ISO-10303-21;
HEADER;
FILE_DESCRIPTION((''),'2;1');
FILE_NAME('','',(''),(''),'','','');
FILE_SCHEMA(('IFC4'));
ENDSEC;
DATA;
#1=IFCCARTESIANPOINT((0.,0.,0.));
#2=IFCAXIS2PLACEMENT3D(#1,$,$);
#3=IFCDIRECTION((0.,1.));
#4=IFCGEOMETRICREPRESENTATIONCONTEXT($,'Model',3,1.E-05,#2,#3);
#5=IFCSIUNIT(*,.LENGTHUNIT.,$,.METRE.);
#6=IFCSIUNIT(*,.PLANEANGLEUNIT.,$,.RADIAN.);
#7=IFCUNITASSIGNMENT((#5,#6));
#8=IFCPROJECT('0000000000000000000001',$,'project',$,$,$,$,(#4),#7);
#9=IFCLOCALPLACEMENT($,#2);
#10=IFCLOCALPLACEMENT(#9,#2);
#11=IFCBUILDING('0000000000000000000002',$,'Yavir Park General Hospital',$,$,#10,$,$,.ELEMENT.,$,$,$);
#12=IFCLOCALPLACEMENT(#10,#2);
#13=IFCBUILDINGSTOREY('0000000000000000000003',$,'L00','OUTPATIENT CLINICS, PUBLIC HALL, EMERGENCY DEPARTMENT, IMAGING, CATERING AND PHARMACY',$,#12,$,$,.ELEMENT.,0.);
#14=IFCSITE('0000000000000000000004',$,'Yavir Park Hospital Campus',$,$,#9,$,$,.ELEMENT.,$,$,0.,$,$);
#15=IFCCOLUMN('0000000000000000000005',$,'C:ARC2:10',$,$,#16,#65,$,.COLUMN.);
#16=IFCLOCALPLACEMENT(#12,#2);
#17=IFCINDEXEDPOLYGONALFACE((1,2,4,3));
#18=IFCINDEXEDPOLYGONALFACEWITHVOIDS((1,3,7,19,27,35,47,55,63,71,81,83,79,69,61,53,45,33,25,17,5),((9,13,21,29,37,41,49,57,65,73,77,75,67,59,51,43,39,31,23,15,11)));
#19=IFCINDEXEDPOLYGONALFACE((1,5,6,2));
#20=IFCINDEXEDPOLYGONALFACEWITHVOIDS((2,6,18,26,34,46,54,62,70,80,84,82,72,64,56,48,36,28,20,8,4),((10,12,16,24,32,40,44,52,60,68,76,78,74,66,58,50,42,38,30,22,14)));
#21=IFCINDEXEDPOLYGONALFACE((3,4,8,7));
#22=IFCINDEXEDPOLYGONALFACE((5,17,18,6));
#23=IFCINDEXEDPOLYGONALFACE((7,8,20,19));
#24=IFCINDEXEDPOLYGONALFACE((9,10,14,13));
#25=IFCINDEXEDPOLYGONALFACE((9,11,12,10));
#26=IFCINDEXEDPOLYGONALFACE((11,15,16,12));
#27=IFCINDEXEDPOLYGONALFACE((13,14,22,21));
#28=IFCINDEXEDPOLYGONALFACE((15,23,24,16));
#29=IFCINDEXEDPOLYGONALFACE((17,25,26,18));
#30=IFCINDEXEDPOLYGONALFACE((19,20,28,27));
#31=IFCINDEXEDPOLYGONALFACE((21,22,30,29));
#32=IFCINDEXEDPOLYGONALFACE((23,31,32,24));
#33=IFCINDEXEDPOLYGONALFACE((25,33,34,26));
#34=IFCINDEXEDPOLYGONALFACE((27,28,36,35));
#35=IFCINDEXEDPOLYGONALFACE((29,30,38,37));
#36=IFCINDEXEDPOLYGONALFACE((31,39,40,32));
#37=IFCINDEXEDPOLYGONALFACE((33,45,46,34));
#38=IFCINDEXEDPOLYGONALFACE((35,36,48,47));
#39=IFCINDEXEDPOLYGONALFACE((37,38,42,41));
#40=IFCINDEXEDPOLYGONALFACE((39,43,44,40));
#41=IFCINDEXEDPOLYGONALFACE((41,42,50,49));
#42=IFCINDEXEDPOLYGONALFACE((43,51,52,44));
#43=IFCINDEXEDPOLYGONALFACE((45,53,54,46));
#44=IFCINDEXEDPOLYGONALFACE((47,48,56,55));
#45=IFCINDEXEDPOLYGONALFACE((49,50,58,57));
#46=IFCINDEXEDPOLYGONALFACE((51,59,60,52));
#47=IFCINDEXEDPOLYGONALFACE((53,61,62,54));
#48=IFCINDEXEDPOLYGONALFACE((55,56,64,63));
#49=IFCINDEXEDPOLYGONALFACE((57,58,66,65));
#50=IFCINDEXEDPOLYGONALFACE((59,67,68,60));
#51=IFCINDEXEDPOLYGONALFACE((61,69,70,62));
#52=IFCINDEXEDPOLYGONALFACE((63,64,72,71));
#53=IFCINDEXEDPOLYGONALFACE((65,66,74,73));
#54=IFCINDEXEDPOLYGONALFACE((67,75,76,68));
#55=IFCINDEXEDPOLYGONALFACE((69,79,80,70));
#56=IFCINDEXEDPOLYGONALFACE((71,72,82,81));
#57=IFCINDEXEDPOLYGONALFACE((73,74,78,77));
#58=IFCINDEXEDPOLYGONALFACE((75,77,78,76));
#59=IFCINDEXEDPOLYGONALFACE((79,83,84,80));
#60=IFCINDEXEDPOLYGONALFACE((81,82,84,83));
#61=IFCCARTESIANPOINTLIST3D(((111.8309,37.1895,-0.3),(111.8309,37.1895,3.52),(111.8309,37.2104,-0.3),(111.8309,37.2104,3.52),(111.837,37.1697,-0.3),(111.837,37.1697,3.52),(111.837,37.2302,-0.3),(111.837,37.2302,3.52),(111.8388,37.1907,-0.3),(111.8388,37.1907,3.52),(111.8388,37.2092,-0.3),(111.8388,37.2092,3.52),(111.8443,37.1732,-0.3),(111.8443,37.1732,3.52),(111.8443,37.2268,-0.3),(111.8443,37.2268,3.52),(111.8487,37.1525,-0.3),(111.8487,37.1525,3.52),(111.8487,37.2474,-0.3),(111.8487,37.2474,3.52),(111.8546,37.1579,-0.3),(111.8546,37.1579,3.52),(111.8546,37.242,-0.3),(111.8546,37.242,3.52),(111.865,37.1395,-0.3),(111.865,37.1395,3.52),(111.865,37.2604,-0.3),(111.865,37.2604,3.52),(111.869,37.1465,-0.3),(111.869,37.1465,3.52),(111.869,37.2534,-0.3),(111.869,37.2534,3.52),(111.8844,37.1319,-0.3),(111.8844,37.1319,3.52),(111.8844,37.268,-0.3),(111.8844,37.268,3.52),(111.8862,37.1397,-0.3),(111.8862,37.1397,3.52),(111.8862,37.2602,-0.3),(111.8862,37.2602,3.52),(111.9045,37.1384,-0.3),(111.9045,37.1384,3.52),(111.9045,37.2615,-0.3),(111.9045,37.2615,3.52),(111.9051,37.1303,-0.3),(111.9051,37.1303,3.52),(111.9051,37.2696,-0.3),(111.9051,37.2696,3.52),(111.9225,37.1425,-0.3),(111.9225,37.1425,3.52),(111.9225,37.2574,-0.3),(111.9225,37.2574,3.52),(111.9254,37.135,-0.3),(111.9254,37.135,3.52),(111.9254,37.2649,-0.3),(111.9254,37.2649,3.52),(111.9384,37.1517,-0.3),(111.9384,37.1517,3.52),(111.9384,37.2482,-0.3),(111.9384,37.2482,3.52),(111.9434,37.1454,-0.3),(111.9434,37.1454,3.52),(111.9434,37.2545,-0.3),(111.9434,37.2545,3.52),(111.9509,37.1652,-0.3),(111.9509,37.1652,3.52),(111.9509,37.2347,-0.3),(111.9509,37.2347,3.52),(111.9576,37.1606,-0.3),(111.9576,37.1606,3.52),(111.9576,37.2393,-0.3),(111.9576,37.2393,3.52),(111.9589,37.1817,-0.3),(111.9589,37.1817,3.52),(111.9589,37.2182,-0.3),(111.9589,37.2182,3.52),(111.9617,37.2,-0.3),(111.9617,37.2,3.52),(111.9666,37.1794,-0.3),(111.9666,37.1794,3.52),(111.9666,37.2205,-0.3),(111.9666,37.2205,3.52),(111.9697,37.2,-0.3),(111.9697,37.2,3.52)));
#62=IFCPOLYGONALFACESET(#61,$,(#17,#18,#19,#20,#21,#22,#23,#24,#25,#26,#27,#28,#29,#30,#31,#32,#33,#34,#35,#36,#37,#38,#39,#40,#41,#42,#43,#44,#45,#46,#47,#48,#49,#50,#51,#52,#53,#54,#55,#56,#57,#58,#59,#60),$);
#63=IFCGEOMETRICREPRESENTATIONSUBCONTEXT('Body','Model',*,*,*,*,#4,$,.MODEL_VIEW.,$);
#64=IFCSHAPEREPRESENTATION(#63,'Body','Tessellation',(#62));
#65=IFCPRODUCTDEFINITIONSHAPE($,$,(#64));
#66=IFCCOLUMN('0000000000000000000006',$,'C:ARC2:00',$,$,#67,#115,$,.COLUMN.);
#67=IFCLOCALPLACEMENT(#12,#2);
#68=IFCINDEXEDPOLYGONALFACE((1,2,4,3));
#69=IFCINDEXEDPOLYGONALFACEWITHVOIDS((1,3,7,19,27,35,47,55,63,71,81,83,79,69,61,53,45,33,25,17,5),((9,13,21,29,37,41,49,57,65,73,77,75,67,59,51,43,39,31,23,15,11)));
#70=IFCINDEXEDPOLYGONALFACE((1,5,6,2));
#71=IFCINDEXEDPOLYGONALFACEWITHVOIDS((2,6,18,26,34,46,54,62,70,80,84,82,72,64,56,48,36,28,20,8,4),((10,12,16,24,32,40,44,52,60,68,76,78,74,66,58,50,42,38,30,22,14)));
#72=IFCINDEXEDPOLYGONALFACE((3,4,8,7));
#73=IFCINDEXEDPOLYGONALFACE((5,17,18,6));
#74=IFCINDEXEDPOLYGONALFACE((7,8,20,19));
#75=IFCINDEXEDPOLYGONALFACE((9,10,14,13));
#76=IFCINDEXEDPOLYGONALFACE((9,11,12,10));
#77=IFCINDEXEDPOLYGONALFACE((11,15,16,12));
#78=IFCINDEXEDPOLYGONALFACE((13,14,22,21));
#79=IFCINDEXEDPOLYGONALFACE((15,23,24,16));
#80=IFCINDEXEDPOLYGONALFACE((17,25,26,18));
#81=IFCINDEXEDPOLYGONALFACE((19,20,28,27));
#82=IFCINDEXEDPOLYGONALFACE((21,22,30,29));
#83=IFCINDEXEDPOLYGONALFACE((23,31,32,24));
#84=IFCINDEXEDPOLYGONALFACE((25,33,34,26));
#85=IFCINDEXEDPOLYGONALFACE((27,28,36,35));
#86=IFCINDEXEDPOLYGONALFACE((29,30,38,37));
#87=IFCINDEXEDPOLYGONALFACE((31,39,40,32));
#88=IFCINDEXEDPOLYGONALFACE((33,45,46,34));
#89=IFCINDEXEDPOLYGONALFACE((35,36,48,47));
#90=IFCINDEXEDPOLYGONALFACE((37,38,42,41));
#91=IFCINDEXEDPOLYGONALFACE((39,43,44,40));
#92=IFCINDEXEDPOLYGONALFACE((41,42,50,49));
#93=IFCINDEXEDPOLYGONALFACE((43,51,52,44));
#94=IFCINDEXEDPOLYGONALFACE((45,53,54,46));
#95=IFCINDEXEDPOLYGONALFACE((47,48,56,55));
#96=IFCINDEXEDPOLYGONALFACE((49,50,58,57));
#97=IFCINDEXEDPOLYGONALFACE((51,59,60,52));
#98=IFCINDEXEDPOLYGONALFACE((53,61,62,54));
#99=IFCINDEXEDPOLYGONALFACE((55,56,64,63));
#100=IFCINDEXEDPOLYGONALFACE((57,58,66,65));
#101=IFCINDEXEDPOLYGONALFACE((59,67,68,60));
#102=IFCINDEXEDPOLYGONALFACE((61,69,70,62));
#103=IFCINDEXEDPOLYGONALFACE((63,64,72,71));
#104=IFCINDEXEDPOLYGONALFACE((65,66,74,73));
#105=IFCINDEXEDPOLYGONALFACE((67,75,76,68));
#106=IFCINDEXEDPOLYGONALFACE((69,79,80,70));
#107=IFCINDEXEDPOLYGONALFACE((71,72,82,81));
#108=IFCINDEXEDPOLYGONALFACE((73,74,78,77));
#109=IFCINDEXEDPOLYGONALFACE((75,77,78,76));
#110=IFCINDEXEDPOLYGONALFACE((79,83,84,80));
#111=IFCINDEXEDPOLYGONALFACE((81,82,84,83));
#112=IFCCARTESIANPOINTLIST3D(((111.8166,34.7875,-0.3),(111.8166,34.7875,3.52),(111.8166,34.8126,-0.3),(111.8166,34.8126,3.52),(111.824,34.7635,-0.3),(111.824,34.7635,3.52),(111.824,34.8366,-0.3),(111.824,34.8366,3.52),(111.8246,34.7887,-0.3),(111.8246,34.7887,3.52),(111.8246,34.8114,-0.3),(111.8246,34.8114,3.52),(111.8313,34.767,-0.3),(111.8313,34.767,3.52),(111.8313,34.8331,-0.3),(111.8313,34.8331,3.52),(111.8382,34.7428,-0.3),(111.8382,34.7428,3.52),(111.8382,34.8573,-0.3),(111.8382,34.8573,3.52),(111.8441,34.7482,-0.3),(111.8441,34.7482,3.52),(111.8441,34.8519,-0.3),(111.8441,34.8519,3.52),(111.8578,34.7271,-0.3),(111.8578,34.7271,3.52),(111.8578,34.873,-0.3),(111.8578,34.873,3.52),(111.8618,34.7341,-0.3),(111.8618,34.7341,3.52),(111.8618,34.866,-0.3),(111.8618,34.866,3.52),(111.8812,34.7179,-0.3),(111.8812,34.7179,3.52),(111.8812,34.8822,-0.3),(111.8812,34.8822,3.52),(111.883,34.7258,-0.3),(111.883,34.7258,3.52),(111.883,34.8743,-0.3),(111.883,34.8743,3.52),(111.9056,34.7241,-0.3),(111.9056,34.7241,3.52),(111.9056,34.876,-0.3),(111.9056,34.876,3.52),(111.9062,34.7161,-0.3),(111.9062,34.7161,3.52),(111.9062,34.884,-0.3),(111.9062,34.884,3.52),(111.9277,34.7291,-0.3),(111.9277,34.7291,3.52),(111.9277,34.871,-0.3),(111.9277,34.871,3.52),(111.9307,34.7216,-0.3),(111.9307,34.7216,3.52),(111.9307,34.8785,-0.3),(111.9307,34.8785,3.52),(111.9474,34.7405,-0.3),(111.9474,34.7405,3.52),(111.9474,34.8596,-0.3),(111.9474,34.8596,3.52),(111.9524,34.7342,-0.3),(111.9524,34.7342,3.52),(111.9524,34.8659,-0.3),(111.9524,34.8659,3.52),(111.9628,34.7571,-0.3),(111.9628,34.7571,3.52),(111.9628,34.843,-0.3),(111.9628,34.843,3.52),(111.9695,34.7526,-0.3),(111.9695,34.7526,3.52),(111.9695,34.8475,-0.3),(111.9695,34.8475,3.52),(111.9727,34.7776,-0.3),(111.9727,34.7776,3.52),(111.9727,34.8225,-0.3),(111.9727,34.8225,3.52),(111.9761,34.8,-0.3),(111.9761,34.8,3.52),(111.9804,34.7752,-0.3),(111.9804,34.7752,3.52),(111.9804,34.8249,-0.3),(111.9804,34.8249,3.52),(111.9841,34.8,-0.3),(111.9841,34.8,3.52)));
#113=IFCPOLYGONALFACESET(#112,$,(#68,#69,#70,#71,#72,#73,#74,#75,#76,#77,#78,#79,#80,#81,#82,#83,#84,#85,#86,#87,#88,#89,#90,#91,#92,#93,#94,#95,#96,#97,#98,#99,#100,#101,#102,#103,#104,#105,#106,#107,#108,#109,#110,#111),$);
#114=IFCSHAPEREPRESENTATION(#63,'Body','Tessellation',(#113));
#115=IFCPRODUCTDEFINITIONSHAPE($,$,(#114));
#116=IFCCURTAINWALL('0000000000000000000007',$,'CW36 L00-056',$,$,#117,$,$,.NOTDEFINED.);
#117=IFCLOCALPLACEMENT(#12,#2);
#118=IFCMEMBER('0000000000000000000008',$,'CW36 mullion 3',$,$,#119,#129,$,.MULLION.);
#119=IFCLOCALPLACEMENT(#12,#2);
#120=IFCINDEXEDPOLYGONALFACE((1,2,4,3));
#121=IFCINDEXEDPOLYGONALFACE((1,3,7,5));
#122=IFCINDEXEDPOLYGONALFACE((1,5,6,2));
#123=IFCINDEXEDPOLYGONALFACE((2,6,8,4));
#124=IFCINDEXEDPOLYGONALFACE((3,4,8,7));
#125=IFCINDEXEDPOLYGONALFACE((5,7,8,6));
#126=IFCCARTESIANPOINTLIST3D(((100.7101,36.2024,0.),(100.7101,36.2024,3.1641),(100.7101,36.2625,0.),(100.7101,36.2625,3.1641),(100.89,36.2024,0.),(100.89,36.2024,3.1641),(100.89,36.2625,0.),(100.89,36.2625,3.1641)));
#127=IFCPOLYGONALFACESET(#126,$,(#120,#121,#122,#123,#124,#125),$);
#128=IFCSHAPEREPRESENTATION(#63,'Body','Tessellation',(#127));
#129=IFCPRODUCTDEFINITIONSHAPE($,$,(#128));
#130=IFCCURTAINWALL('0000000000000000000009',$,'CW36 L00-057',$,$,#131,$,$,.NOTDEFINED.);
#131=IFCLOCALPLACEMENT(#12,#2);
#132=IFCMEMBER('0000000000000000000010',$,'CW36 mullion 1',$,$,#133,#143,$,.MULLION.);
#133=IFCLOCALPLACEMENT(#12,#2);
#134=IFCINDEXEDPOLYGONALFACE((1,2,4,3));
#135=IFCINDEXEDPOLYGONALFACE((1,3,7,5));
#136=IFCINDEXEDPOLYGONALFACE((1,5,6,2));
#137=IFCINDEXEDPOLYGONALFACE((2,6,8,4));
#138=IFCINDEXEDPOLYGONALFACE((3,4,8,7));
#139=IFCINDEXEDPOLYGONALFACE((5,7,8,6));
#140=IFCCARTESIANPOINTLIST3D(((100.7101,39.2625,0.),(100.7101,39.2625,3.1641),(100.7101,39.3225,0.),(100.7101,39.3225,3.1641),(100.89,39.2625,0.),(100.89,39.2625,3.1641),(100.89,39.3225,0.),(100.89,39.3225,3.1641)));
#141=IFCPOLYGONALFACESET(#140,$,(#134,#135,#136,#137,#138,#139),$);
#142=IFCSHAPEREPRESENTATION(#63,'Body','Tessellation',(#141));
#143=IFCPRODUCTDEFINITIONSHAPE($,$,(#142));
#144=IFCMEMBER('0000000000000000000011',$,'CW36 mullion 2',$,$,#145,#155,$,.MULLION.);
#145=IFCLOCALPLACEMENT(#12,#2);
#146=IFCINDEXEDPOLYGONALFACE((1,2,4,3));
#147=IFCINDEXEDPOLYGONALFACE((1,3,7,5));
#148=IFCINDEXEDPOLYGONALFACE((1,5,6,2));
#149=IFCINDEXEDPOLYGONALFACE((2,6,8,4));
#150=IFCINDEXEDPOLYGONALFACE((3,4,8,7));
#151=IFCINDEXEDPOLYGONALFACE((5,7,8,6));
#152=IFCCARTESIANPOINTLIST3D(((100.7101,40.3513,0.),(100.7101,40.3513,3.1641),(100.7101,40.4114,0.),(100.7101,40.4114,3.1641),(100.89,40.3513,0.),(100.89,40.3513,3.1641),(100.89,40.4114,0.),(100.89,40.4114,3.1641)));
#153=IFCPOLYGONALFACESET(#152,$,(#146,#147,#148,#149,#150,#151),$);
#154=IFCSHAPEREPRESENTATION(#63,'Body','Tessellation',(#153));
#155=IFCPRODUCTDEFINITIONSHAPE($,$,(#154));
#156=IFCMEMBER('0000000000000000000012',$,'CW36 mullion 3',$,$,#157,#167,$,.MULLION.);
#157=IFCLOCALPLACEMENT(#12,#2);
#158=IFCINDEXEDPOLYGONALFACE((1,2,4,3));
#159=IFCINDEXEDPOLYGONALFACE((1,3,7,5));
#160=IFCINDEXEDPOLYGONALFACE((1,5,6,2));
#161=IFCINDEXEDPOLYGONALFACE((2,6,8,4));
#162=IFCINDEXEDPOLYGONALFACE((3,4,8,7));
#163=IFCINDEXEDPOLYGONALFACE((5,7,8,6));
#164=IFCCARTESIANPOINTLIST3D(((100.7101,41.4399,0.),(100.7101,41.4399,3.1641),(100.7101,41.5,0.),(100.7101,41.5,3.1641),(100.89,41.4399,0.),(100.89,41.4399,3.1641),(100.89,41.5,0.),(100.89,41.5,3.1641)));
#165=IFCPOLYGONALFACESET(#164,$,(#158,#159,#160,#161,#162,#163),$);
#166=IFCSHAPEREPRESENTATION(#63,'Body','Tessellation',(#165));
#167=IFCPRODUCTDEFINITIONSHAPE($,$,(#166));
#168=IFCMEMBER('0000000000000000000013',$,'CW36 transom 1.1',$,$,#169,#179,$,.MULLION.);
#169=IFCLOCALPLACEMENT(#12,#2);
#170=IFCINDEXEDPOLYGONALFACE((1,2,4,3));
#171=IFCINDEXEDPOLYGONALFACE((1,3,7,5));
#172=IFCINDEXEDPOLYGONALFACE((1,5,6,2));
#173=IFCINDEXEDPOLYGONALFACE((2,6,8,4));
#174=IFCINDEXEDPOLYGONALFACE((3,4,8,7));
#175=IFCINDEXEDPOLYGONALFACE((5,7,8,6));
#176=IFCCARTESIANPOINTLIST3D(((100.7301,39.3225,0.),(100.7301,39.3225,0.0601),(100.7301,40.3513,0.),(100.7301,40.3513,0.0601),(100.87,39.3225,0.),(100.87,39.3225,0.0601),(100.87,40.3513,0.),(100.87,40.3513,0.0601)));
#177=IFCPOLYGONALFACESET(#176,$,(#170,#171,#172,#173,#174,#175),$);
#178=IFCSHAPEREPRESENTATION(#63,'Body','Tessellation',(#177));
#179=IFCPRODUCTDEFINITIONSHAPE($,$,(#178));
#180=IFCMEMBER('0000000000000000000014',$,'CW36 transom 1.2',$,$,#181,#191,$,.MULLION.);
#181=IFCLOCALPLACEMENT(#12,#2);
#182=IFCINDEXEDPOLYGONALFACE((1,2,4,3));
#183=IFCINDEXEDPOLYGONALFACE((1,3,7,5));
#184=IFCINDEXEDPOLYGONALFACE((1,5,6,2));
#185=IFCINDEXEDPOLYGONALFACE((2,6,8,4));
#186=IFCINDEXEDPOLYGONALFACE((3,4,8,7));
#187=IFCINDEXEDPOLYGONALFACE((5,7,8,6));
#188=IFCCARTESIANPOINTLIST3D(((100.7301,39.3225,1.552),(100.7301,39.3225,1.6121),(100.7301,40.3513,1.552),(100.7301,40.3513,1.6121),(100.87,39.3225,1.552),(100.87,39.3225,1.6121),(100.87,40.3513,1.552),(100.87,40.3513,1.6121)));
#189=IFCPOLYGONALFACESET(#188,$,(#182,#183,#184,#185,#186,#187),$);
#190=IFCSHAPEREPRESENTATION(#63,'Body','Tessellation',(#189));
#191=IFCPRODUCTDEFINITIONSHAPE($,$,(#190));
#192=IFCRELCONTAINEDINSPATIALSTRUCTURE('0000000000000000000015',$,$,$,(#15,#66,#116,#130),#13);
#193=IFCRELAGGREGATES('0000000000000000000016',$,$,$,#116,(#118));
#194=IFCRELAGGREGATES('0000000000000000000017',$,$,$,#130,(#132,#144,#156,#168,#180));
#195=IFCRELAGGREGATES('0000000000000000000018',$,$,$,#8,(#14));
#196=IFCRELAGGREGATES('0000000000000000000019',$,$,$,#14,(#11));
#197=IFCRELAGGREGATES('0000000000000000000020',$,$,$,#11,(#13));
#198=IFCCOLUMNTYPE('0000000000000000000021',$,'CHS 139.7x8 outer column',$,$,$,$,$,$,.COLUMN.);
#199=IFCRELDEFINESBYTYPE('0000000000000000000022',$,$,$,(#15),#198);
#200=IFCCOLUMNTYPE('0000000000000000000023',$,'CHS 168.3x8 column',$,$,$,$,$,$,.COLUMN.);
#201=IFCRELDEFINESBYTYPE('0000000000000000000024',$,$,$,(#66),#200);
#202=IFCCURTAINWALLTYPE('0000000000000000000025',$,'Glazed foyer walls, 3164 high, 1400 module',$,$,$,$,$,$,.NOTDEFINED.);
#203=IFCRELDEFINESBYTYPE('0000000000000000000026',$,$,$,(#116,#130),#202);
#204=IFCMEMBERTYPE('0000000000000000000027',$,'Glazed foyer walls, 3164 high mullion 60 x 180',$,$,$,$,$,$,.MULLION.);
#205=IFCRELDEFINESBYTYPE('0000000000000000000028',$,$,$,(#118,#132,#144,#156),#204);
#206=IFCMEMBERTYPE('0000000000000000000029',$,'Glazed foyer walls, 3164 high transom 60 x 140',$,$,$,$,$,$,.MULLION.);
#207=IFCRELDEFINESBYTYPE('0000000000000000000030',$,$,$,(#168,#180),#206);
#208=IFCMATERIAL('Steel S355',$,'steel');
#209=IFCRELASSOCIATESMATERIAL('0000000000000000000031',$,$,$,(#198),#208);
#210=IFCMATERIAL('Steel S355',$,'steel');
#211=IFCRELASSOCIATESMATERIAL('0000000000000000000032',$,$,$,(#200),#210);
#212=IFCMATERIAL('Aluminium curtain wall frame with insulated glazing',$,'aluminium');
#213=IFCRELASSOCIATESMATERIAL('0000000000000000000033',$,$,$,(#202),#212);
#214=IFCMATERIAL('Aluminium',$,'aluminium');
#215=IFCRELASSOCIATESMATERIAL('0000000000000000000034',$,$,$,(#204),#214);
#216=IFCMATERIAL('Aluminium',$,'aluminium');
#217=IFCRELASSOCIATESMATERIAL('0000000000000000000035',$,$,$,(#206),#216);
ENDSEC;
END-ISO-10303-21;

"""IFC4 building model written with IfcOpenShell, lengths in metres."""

from ifc_helpers import new_model, si_unit, direction, frame, origin, origin_2d, place, context, subcontext, project, spatial, rectangle, hollow_circle, extrude, material, material_profile, profile_set, type_object, element, aggregate, save


model = new_model("IFC4")

# Units and contexts
model_context = context("Model", 3, precision=1e-05, world=origin(), true_north=direction((0.0, 1.0)))
body_context = subcontext(model_context, "Body", "Model", "MODEL_VIEW")
ifc_project = project(units=[si_unit("LENGTHUNIT", "METRE"), si_unit("PLANEANGLEUNIT", "RADIAN")], contexts=[model_context])

# Site, building, storey
site_placement = place(None, origin())
site = spatial("IfcSite", under=ifc_project, at=site_placement, Name="Yavir Park Hospital Campus", CompositionType="ELEMENT", RefElevation=0.0)
building_placement = place(site_placement, origin())
building = spatial("IfcBuilding", under=site, at=building_placement, Name="Yavir Park General Hospital", CompositionType="ELEMENT")
storey_placement = place(building_placement, origin())
storey = spatial("IfcBuildingStorey", under=building, at=storey_placement, Name="L00", Description="OUTPATIENT CLINICS, PUBLIC HALL, EMERGENCY DEPARTMENT, IMAGING, CATERING AND PHARMACY", CompositionType="ELEMENT", Elevation=0.0)

# Columns
ifc_material_1 = material(Name="Steel S355", Category="steel")
ifc_material_profile_1 = material_profile(ifc_material_1, hollow_circle(Radius=0.0698, WallThickness=0.0081, at=origin_2d()), Name="CHS139.7x8")
ifc_profile_set_1 = profile_set([ifc_material_profile_1], Name="Steel S355")
column_type_1 = type_object("IfcColumnType", Name="CHS 139.7x8 outer column", PredefinedType="COLUMN", material=ifc_profile_set_1)
column_1_placement = place(storey_placement, frame((111.8999, 37.2, -0.3), z_axis=(0.0, 0.0, 1.0), x_axis=(1.0, 0.0, 0.0)))
element("IfcColumn", 1, at=column_1_placement, inside=storey, type_object=column_type_1, Name="C:ARC2:10", PredefinedType="COLUMN", context=body_context, shape_type="SweptSolid", body=[
    extrude(hollow_circle(Radius=0.0698, WallThickness=0.0081, at=origin_2d()), origin(), (0.0, 0.0, 1.0), 3.8201),
])
ifc_material_2 = material(Name="Steel S355", Category="steel")
ifc_material_profile_2 = material_profile(ifc_material_2, hollow_circle(Radius=0.0842, WallThickness=0.0081, at=origin_2d()), Name="CHS168.3x8")
ifc_profile_set_2 = profile_set([ifc_material_profile_2], Name="Steel S355")
column_type_2 = type_object("IfcColumnType", Name="CHS 168.3x8 column", PredefinedType="COLUMN", material=ifc_profile_set_2)
column_2_placement = place(storey_placement, frame((111.8999, 34.8, -0.3), z_axis=(0.0, 0.0, 1.0), x_axis=(1.0, 0.0, 0.0)))
element("IfcColumn", 2, at=column_2_placement, inside=storey, type_object=column_type_2, Name="C:ARC2:00", PredefinedType="COLUMN", context=body_context, shape_type="SweptSolid", body=[
    extrude(hollow_circle(Radius=0.0842, WallThickness=0.0081, at=origin_2d()), origin(), (0.0, 0.0, 1.0), 3.8201),
])

# Curtain wall, member
ifc_material_3 = material(Name="Aluminium curtain wall frame with insulated glazing", Category="aluminium")
curtain_wall_type = type_object("IfcCurtainWallType", Name="Glazed foyer walls, 3164 high, 1400 module", PredefinedType="NOTDEFINED", material=ifc_material_3)
curtain_wall_1_placement = place(storey_placement, origin())
curtain_wall_1 = element("IfcCurtainWall", 3, at=curtain_wall_1_placement, inside=storey, type_object=curtain_wall_type, Name="CW36 L00-056", PredefinedType="NOTDEFINED")
ifc_material_4 = material(Name="Aluminium", Category="aluminium")
ifc_material_profile_3 = material_profile(ifc_material_4, rectangle(XDim=0.1799, YDim=0.0601, at=origin_2d()), Name="AL 60x180")
ifc_profile_set_3 = profile_set([ifc_material_profile_3], Name="Aluminium")
member_type_1 = type_object("IfcMemberType", Name="Glazed foyer walls, 3164 high mullion 60 x 180", PredefinedType="MULLION", material=ifc_profile_set_3)
member_1_placement = place(storey_placement, frame((100.8, 36.2324, 0.0), z_axis=(0.0, 0.0, 1.0), x_axis=(-1.0, 0.0, 0.0)))
member_1 = element("IfcMember", 4, at=member_1_placement, type_object=member_type_1, Name="CW36 mullion 3", PredefinedType="MULLION", context=body_context, shape_type="SweptSolid", body=[
    extrude(rectangle(XDim=0.1799, YDim=0.0601, at=origin_2d()), origin(), (0.0, 0.0, 1.0), 3.1641),
])
aggregate(curtain_wall_1, [member_1])

# Curtain wall, members
curtain_wall_2_placement = place(storey_placement, origin())
curtain_wall_2 = element("IfcCurtainWall", 5, at=curtain_wall_2_placement, inside=storey, type_object=curtain_wall_type, Name="CW36 L00-057", PredefinedType="NOTDEFINED")
member_2_placement = place(storey_placement, frame((100.8, 39.2925, 0.0), z_axis=(0.0, 0.0, 1.0), x_axis=(-1.0, 0.0, 0.0)))
member_2 = element("IfcMember", 6, at=member_2_placement, type_object=member_type_1, Name="CW36 mullion 1", PredefinedType="MULLION", context=body_context, shape_type="SweptSolid", body=[
    extrude(rectangle(XDim=0.1799, YDim=0.0601, at=origin_2d()), origin(), (0.0, 0.0, 1.0), 3.1641),
])
member_3_placement = place(storey_placement, frame((100.8, 40.3813, 0.0), z_axis=(0.0, 0.0, 1.0), x_axis=(-1.0, 0.0, 0.0)))
member_3 = element("IfcMember", 7, at=member_3_placement, type_object=member_type_1, Name="CW36 mullion 2", PredefinedType="MULLION", context=body_context, shape_type="SweptSolid", body=[
    extrude(rectangle(XDim=0.1799, YDim=0.0601, at=origin_2d()), origin(), (0.0, 0.0, 1.0), 3.1641),
])
member_4_placement = place(storey_placement, frame((100.8, 41.47, 0.0), z_axis=(0.0, 0.0, 1.0), x_axis=(-1.0, 0.0, 0.0)))
member_4 = element("IfcMember", 8, at=member_4_placement, type_object=member_type_1, Name="CW36 mullion 3", PredefinedType="MULLION", context=body_context, shape_type="SweptSolid", body=[
    extrude(rectangle(XDim=0.1799, YDim=0.0601, at=origin_2d()), origin(), (0.0, 0.0, 1.0), 3.1641),
])
ifc_material_5 = material(Name="Aluminium", Category="aluminium")
ifc_material_profile_4 = material_profile(ifc_material_5, rectangle(XDim=0.1399, YDim=0.0601, at=origin_2d()), Name="AL 140x60")
ifc_profile_set_4 = profile_set([ifc_material_profile_4], Name="Aluminium")
member_type_2 = type_object("IfcMemberType", Name="Glazed foyer walls, 3164 high transom 60 x 140", PredefinedType="MULLION", material=ifc_profile_set_4)
member_5_placement = place(storey_placement, frame((100.8, 39.3225, 0.03), z_axis=(0.0, 1.0, 0.0), x_axis=(-1.0, 0.0, 0.0)))
member_5 = element("IfcMember", 9, at=member_5_placement, type_object=member_type_2, Name="CW36 transom 1.1", PredefinedType="MULLION", context=body_context, shape_type="SweptSolid", body=[
    extrude(rectangle(XDim=0.1399, YDim=0.0601, at=origin_2d()), origin(), (0.0, 0.0, 1.0), 1.0288),
])
member_6_placement = place(storey_placement, frame((100.8, 39.3225, 1.582), z_axis=(0.0, 1.0, 0.0), x_axis=(-1.0, 0.0, 0.0)))
member_6 = element("IfcMember", 10, at=member_6_placement, type_object=member_type_2, Name="CW36 transom 1.2", PredefinedType="MULLION", context=body_context, shape_type="SweptSolid", body=[
    extrude(rectangle(XDim=0.1399, YDim=0.0601, at=origin_2d()), origin(), (0.0, 0.0, 1.0), 1.0288),
])

aggregate(curtain_wall_2, [member_2, member_3, member_4, member_5, member_6])

save(model, "model.ifc")
